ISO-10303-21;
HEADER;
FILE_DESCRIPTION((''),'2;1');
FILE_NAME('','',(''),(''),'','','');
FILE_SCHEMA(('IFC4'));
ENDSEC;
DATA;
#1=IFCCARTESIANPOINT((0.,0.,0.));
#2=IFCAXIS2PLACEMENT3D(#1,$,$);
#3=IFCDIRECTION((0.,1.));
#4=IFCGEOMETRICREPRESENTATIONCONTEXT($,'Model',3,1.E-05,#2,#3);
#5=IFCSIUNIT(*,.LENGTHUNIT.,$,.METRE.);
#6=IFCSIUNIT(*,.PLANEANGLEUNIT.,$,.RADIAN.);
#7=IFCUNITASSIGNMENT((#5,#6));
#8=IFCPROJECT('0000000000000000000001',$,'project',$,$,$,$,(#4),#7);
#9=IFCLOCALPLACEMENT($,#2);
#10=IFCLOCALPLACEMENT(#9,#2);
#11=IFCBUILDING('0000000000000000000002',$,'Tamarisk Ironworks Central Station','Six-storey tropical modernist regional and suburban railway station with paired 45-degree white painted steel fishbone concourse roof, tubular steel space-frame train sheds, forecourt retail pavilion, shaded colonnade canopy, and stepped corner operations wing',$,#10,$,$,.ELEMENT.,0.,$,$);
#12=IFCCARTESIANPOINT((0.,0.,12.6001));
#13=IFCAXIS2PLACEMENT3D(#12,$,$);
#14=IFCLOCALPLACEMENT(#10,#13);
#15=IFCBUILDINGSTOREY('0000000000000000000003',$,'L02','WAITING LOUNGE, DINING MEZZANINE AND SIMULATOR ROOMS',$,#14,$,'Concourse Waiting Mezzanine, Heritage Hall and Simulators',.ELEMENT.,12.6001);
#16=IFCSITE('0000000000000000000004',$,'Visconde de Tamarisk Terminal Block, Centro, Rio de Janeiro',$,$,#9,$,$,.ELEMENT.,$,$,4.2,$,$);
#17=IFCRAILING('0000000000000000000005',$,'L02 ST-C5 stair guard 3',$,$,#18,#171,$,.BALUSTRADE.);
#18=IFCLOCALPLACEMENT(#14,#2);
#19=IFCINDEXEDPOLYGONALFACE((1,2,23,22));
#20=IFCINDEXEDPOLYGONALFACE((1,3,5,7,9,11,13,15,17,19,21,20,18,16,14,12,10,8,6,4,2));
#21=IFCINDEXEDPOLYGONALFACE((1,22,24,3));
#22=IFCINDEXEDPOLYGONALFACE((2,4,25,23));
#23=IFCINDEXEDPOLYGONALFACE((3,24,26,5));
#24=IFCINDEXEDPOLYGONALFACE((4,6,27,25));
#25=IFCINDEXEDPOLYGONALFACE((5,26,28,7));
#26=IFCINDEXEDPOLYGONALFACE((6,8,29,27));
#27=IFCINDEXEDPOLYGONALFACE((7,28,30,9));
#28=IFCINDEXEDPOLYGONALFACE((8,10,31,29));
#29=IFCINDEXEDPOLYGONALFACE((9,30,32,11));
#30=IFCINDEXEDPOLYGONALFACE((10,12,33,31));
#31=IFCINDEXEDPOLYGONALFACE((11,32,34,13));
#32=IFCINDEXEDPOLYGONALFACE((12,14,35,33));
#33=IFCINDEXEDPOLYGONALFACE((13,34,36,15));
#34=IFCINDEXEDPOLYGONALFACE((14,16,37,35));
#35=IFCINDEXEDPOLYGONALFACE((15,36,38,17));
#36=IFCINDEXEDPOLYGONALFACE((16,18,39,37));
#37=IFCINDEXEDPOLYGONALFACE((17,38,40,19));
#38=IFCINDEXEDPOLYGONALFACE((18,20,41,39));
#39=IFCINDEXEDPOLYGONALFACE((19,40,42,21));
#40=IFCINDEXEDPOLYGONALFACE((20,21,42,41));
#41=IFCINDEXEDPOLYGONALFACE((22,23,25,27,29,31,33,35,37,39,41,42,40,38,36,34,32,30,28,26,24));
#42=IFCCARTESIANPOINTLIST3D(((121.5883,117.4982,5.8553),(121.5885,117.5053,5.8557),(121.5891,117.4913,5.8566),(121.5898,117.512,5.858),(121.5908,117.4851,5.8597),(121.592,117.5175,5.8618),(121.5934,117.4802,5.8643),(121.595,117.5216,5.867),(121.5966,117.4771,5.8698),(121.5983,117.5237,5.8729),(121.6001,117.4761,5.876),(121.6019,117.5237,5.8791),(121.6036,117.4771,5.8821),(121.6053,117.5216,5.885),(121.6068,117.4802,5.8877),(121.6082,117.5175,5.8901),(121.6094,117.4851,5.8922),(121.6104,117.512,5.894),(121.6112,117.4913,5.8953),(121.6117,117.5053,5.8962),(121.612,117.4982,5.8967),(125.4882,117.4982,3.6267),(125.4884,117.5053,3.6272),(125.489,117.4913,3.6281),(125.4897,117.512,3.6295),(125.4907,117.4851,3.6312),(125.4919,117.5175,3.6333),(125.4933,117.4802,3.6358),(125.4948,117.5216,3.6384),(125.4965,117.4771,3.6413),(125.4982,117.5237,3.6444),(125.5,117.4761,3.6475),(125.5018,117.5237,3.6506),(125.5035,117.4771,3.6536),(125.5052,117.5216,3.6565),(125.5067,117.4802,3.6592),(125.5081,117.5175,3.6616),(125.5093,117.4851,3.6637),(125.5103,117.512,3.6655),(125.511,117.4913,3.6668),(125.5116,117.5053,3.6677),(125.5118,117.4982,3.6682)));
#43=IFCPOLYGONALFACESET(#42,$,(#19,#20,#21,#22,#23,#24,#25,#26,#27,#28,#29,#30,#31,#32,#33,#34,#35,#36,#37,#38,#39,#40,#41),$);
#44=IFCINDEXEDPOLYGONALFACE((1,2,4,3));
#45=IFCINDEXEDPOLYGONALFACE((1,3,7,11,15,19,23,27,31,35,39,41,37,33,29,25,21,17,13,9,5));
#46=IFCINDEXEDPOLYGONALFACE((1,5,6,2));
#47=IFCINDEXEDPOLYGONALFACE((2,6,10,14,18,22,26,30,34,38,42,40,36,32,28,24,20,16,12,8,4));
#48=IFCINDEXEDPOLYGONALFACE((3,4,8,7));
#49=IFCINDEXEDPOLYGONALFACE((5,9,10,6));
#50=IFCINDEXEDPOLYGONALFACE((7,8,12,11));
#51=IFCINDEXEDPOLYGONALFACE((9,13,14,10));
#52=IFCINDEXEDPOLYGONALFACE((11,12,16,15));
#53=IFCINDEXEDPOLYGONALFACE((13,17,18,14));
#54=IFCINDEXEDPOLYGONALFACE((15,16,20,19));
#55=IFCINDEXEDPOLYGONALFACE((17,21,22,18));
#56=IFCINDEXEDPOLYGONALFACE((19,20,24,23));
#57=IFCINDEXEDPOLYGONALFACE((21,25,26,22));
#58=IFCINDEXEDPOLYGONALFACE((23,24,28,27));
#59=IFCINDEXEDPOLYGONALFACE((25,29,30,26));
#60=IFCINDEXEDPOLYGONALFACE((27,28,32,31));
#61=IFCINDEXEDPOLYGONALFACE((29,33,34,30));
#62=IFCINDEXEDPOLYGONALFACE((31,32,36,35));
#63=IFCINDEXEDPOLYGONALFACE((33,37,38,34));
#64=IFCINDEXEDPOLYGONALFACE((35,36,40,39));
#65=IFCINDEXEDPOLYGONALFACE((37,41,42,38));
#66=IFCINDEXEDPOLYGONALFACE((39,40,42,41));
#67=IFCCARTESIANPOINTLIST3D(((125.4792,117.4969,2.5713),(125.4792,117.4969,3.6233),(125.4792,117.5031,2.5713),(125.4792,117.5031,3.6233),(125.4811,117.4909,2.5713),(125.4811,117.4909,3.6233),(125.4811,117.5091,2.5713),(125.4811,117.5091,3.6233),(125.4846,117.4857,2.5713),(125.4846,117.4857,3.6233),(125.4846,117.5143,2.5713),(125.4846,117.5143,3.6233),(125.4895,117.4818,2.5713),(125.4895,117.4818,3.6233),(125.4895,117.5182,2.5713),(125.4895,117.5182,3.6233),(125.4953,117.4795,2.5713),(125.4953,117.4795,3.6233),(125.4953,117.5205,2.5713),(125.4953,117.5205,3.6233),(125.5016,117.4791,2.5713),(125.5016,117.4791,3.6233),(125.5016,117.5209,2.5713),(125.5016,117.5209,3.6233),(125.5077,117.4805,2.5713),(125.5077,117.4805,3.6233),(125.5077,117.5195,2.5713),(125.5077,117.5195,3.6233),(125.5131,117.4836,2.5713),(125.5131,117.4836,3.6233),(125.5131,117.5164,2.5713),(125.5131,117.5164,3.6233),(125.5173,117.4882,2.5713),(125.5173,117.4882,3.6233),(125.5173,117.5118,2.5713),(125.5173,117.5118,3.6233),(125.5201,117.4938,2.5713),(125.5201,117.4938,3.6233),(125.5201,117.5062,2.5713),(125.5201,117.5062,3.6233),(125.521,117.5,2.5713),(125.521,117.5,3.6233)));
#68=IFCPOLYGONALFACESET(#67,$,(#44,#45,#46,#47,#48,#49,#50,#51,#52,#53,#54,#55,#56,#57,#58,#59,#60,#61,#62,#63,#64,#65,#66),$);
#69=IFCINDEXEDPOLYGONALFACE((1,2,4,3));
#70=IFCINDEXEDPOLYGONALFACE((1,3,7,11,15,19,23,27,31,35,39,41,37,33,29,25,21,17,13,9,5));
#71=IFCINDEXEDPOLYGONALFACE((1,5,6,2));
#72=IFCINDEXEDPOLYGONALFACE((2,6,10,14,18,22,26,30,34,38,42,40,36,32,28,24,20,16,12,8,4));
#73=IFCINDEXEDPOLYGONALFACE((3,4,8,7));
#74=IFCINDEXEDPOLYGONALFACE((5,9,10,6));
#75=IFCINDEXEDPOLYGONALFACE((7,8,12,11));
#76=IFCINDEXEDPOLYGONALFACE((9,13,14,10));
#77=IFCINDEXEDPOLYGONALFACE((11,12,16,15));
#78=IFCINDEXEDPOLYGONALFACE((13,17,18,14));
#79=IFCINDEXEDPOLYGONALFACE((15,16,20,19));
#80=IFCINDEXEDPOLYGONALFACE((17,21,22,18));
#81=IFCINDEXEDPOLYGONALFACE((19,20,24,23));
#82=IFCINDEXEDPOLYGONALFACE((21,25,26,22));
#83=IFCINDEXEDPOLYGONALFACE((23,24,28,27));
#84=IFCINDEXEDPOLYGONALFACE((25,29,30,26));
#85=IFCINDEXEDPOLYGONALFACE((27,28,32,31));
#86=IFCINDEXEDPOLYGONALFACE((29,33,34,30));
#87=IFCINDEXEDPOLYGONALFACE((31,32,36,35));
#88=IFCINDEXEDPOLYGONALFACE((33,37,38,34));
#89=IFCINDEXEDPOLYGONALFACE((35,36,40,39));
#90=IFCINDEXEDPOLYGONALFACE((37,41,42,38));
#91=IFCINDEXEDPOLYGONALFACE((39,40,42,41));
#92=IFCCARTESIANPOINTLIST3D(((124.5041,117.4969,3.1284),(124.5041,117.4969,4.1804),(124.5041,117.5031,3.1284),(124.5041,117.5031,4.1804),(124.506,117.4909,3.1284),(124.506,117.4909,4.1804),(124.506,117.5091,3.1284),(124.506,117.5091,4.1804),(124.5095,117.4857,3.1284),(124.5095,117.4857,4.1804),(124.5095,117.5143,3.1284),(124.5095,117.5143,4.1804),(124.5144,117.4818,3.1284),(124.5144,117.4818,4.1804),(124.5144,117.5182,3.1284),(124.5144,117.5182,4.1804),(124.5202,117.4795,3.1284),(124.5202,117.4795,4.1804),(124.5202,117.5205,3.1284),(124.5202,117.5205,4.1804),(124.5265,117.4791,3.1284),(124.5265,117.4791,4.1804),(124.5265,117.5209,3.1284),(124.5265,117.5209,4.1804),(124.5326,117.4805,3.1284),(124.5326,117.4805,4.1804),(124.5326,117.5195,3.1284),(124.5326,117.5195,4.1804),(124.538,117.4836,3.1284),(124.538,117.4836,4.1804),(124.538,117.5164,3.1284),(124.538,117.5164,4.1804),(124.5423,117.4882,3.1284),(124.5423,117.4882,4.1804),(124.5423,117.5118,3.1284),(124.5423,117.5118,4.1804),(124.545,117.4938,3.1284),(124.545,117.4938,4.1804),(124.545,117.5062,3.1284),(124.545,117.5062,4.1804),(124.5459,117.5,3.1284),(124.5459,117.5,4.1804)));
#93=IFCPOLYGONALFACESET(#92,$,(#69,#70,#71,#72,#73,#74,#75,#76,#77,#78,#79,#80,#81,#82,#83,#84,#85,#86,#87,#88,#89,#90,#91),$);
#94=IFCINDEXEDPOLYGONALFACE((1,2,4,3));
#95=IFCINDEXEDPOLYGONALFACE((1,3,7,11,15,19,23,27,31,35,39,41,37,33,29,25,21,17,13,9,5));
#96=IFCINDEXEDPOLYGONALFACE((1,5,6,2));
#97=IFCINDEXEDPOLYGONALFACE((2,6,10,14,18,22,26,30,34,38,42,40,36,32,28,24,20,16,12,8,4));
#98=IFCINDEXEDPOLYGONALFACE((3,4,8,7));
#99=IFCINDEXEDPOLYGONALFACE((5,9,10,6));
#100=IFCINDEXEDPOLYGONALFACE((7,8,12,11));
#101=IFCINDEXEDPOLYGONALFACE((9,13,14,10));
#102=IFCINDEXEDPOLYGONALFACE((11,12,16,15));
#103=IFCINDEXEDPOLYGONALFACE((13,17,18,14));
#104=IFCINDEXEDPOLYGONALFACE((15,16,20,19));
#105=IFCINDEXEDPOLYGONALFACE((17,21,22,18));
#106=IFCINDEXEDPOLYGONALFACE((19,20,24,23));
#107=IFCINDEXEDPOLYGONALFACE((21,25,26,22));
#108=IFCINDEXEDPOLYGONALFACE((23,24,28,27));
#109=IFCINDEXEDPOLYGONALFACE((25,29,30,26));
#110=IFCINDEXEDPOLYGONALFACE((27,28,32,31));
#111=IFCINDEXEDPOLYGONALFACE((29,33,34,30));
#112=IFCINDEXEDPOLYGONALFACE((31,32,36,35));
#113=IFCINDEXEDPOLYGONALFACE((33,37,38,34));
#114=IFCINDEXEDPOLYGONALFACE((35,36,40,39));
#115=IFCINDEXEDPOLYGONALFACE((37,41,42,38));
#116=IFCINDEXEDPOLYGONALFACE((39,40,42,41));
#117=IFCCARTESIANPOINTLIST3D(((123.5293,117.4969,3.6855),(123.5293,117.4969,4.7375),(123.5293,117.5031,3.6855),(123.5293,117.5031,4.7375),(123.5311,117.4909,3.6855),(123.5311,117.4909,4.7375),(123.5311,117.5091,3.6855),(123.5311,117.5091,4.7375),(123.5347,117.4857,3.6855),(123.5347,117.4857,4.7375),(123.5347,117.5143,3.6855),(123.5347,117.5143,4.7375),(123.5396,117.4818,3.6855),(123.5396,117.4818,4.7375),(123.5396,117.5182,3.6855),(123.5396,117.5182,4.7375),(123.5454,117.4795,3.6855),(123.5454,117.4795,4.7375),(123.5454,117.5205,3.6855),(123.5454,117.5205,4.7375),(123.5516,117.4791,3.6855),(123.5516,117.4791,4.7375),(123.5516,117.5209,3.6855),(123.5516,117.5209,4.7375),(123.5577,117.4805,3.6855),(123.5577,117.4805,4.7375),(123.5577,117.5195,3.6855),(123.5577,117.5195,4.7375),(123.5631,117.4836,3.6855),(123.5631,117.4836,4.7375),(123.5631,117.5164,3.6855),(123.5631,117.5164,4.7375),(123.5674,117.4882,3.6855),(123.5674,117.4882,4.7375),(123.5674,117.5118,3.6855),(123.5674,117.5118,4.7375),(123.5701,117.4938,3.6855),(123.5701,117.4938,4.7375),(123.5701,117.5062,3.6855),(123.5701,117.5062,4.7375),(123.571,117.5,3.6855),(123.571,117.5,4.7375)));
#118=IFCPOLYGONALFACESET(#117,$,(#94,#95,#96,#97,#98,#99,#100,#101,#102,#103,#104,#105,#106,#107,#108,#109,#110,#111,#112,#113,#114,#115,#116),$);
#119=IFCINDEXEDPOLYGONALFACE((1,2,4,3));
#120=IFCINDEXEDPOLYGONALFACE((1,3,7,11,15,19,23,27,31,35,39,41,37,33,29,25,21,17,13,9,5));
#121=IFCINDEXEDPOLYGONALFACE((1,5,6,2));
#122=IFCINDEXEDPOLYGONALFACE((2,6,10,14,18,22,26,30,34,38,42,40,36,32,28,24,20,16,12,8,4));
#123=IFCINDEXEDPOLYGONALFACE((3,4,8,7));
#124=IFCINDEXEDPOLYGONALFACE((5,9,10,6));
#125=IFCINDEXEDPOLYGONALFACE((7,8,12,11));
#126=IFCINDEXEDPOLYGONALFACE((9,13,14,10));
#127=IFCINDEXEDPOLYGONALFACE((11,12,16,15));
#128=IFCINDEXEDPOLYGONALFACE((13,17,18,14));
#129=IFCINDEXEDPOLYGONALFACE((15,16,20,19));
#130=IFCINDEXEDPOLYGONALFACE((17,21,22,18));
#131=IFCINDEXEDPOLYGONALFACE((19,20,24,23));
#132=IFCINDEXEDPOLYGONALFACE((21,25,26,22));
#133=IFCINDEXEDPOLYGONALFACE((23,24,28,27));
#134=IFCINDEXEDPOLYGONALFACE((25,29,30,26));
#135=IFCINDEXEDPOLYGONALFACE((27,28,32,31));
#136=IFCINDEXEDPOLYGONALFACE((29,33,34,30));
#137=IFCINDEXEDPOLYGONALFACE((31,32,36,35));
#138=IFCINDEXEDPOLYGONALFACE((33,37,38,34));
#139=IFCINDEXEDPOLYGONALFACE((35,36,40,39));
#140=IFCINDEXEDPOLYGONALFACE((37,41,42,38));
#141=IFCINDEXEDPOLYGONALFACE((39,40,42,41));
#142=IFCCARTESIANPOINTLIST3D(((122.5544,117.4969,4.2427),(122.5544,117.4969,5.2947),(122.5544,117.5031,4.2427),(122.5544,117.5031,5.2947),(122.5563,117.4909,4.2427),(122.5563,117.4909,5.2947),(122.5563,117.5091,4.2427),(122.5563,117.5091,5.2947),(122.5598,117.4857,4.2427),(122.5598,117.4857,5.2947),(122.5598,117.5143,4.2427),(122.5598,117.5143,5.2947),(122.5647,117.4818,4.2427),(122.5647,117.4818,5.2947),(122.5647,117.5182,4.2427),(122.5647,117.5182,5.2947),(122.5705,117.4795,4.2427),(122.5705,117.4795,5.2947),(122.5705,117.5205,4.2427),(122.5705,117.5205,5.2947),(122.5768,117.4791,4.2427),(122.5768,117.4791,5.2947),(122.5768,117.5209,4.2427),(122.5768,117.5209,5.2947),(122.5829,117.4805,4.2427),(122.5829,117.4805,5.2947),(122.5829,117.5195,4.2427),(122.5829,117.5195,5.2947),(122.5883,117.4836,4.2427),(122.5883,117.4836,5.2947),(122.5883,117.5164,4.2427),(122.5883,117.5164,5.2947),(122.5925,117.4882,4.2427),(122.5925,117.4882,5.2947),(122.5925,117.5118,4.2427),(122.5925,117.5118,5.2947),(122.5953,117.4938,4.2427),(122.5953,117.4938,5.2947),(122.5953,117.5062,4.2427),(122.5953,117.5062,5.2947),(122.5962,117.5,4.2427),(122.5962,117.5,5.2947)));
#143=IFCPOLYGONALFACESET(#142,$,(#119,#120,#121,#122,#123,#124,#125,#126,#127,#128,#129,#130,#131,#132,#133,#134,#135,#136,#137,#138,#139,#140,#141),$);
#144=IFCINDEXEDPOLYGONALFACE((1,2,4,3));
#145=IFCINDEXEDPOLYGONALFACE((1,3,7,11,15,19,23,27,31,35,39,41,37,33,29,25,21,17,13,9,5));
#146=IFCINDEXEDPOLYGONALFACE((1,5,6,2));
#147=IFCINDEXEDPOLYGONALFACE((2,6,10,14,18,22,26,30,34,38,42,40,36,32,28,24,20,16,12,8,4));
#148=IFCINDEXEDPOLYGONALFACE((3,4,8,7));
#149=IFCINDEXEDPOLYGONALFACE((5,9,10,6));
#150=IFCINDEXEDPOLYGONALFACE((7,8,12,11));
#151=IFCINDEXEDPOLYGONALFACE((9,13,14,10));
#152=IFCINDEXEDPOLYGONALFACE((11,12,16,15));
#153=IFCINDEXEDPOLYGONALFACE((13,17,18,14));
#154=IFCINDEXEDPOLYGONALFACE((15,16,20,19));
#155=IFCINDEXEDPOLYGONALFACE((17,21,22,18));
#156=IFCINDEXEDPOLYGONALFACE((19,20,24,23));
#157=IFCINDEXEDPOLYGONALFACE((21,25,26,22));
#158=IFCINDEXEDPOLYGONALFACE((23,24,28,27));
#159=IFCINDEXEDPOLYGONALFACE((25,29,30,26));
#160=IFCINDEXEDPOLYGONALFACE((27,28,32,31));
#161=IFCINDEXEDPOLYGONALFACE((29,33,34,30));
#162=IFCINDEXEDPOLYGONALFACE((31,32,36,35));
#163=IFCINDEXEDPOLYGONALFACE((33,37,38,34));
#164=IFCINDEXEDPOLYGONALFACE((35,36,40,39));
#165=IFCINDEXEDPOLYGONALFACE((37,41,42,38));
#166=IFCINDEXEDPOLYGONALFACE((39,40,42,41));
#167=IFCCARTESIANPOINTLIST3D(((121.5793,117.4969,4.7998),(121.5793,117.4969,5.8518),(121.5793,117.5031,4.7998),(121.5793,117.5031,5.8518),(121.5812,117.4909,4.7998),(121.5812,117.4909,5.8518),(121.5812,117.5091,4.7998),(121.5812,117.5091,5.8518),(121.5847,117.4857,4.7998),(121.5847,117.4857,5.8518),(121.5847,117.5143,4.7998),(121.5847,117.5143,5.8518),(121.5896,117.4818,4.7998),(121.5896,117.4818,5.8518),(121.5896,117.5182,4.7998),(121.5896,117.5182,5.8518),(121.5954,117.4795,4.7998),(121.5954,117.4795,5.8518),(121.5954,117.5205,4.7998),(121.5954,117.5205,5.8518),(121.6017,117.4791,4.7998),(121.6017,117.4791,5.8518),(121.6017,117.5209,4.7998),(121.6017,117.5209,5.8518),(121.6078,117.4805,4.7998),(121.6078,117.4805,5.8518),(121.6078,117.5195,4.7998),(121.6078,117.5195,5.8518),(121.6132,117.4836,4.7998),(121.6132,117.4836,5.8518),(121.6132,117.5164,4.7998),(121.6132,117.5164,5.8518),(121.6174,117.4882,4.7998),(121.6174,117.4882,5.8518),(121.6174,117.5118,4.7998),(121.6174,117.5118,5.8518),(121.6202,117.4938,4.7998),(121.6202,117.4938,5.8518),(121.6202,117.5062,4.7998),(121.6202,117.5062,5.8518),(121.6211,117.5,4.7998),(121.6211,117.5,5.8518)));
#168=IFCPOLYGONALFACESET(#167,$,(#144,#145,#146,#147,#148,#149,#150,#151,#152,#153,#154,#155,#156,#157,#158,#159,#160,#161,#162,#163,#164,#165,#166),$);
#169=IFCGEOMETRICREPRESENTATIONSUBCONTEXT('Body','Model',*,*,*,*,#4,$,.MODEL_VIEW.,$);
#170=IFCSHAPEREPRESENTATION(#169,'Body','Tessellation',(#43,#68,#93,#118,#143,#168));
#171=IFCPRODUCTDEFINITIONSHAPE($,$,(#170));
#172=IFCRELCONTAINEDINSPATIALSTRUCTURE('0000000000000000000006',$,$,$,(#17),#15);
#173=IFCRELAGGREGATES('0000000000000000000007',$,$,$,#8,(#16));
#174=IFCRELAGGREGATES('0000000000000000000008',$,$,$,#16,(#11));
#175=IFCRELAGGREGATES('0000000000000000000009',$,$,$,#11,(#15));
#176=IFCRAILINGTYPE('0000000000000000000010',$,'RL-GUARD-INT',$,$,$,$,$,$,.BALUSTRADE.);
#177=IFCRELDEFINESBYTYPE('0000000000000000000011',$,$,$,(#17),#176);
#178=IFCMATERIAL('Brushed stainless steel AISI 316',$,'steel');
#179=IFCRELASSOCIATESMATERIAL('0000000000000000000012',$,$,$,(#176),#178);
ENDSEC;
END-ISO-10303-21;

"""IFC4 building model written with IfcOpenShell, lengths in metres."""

from ifc_helpers import new_model, si_unit, direction, frame, origin, origin_2d, place, context, subcontext, project, spatial, circle, extrude, material, type_object, element, save


model = new_model("IFC4")

# Units and contexts
model_context = context("Model", 3, precision=1e-05, world=origin(), true_north=direction((0.0, 1.0)))
body_context = subcontext(model_context, "Body", "Model", "MODEL_VIEW")
ifc_project = project(units=[si_unit("LENGTHUNIT", "METRE"), si_unit("PLANEANGLEUNIT", "RADIAN")], contexts=[model_context])

# Site, building, storey
site_placement = place(None, origin())
site = spatial("IfcSite", under=ifc_project, at=site_placement, Name="Visconde de Tamarisk Terminal Block, Centro, Rio de Janeiro", CompositionType="ELEMENT", RefElevation=4.2)
building_placement = place(site_placement, origin())
building = spatial("IfcBuilding", under=site, at=building_placement, Name="Tamarisk Ironworks Central Station", Description="Six-storey tropical modernist regional and suburban railway station with paired 45-degree white painted steel fishbone concourse roof, tubular steel space-frame train sheds, forecourt retail pavilion, shaded colonnade canopy, and stepped corner operations wing", CompositionType="ELEMENT", ElevationOfRefHeight=0.0)
storey_placement = place(building_placement, frame((0.0, 0.0, 12.6001)))
storey = spatial("IfcBuildingStorey", under=building, at=storey_placement, Name="L02", Description="WAITING LOUNGE, DINING MEZZANINE AND SIMULATOR ROOMS", LongName="Concourse Waiting Mezzanine, Heritage Hall and Simulators", CompositionType="ELEMENT", Elevation=12.6001)

# Railing
ifc_material_1 = material(Name="Brushed stainless steel AISI 316", Category="steel")
railing_type_1 = type_object("IfcRailingType", Name="RL-GUARD-INT", PredefinedType="BALUSTRADE", material=ifc_material_1)
railing_1_placement = place(storey_placement, frame((125.5, 117.5, 2.5713)))
element("IfcRailing", 1, at=railing_1_placement, inside=storey, type_object=railing_type_1, Name="L02 ST-C5 stair guard 3", PredefinedType="BALUSTRADE", context=body_context, shape_type="SweptSolid", body=[
    extrude(circle(Radius=0.0239, at=origin_2d()), frame((0.0, 0.0, 1.0762), z_axis=(-0.868243, 0.0, 0.496139), x_axis=(0.0, -1.0, 0.0)), (0.0, 0.0, 1.0), 4.4917),
    extrude(circle(Radius=0.021, at=origin_2d()), origin(), (0.0, 0.0, 1.0), 1.052),
    extrude(circle(Radius=0.021, at=origin_2d()), frame((-0.9751, 0.0, 0.5571)), (0.0, 0.0, 1.0), 1.052),
    extrude(circle(Radius=0.021, at=origin_2d()), frame((-1.95, 0.0, 1.1143)), (0.0, 0.0, 1.0), 1.052),
    extrude(circle(Radius=0.021, at=origin_2d()), frame((-2.9248, 0.0, 1.6714)), (0.0, 0.0, 1.0), 1.052),
    extrude(circle(Radius=0.021, at=origin_2d()), frame((-3.8999, 0.0, 2.2285)), (0.0, 0.0, 1.0), 1.052),
])

save(model, "model.ifc")
